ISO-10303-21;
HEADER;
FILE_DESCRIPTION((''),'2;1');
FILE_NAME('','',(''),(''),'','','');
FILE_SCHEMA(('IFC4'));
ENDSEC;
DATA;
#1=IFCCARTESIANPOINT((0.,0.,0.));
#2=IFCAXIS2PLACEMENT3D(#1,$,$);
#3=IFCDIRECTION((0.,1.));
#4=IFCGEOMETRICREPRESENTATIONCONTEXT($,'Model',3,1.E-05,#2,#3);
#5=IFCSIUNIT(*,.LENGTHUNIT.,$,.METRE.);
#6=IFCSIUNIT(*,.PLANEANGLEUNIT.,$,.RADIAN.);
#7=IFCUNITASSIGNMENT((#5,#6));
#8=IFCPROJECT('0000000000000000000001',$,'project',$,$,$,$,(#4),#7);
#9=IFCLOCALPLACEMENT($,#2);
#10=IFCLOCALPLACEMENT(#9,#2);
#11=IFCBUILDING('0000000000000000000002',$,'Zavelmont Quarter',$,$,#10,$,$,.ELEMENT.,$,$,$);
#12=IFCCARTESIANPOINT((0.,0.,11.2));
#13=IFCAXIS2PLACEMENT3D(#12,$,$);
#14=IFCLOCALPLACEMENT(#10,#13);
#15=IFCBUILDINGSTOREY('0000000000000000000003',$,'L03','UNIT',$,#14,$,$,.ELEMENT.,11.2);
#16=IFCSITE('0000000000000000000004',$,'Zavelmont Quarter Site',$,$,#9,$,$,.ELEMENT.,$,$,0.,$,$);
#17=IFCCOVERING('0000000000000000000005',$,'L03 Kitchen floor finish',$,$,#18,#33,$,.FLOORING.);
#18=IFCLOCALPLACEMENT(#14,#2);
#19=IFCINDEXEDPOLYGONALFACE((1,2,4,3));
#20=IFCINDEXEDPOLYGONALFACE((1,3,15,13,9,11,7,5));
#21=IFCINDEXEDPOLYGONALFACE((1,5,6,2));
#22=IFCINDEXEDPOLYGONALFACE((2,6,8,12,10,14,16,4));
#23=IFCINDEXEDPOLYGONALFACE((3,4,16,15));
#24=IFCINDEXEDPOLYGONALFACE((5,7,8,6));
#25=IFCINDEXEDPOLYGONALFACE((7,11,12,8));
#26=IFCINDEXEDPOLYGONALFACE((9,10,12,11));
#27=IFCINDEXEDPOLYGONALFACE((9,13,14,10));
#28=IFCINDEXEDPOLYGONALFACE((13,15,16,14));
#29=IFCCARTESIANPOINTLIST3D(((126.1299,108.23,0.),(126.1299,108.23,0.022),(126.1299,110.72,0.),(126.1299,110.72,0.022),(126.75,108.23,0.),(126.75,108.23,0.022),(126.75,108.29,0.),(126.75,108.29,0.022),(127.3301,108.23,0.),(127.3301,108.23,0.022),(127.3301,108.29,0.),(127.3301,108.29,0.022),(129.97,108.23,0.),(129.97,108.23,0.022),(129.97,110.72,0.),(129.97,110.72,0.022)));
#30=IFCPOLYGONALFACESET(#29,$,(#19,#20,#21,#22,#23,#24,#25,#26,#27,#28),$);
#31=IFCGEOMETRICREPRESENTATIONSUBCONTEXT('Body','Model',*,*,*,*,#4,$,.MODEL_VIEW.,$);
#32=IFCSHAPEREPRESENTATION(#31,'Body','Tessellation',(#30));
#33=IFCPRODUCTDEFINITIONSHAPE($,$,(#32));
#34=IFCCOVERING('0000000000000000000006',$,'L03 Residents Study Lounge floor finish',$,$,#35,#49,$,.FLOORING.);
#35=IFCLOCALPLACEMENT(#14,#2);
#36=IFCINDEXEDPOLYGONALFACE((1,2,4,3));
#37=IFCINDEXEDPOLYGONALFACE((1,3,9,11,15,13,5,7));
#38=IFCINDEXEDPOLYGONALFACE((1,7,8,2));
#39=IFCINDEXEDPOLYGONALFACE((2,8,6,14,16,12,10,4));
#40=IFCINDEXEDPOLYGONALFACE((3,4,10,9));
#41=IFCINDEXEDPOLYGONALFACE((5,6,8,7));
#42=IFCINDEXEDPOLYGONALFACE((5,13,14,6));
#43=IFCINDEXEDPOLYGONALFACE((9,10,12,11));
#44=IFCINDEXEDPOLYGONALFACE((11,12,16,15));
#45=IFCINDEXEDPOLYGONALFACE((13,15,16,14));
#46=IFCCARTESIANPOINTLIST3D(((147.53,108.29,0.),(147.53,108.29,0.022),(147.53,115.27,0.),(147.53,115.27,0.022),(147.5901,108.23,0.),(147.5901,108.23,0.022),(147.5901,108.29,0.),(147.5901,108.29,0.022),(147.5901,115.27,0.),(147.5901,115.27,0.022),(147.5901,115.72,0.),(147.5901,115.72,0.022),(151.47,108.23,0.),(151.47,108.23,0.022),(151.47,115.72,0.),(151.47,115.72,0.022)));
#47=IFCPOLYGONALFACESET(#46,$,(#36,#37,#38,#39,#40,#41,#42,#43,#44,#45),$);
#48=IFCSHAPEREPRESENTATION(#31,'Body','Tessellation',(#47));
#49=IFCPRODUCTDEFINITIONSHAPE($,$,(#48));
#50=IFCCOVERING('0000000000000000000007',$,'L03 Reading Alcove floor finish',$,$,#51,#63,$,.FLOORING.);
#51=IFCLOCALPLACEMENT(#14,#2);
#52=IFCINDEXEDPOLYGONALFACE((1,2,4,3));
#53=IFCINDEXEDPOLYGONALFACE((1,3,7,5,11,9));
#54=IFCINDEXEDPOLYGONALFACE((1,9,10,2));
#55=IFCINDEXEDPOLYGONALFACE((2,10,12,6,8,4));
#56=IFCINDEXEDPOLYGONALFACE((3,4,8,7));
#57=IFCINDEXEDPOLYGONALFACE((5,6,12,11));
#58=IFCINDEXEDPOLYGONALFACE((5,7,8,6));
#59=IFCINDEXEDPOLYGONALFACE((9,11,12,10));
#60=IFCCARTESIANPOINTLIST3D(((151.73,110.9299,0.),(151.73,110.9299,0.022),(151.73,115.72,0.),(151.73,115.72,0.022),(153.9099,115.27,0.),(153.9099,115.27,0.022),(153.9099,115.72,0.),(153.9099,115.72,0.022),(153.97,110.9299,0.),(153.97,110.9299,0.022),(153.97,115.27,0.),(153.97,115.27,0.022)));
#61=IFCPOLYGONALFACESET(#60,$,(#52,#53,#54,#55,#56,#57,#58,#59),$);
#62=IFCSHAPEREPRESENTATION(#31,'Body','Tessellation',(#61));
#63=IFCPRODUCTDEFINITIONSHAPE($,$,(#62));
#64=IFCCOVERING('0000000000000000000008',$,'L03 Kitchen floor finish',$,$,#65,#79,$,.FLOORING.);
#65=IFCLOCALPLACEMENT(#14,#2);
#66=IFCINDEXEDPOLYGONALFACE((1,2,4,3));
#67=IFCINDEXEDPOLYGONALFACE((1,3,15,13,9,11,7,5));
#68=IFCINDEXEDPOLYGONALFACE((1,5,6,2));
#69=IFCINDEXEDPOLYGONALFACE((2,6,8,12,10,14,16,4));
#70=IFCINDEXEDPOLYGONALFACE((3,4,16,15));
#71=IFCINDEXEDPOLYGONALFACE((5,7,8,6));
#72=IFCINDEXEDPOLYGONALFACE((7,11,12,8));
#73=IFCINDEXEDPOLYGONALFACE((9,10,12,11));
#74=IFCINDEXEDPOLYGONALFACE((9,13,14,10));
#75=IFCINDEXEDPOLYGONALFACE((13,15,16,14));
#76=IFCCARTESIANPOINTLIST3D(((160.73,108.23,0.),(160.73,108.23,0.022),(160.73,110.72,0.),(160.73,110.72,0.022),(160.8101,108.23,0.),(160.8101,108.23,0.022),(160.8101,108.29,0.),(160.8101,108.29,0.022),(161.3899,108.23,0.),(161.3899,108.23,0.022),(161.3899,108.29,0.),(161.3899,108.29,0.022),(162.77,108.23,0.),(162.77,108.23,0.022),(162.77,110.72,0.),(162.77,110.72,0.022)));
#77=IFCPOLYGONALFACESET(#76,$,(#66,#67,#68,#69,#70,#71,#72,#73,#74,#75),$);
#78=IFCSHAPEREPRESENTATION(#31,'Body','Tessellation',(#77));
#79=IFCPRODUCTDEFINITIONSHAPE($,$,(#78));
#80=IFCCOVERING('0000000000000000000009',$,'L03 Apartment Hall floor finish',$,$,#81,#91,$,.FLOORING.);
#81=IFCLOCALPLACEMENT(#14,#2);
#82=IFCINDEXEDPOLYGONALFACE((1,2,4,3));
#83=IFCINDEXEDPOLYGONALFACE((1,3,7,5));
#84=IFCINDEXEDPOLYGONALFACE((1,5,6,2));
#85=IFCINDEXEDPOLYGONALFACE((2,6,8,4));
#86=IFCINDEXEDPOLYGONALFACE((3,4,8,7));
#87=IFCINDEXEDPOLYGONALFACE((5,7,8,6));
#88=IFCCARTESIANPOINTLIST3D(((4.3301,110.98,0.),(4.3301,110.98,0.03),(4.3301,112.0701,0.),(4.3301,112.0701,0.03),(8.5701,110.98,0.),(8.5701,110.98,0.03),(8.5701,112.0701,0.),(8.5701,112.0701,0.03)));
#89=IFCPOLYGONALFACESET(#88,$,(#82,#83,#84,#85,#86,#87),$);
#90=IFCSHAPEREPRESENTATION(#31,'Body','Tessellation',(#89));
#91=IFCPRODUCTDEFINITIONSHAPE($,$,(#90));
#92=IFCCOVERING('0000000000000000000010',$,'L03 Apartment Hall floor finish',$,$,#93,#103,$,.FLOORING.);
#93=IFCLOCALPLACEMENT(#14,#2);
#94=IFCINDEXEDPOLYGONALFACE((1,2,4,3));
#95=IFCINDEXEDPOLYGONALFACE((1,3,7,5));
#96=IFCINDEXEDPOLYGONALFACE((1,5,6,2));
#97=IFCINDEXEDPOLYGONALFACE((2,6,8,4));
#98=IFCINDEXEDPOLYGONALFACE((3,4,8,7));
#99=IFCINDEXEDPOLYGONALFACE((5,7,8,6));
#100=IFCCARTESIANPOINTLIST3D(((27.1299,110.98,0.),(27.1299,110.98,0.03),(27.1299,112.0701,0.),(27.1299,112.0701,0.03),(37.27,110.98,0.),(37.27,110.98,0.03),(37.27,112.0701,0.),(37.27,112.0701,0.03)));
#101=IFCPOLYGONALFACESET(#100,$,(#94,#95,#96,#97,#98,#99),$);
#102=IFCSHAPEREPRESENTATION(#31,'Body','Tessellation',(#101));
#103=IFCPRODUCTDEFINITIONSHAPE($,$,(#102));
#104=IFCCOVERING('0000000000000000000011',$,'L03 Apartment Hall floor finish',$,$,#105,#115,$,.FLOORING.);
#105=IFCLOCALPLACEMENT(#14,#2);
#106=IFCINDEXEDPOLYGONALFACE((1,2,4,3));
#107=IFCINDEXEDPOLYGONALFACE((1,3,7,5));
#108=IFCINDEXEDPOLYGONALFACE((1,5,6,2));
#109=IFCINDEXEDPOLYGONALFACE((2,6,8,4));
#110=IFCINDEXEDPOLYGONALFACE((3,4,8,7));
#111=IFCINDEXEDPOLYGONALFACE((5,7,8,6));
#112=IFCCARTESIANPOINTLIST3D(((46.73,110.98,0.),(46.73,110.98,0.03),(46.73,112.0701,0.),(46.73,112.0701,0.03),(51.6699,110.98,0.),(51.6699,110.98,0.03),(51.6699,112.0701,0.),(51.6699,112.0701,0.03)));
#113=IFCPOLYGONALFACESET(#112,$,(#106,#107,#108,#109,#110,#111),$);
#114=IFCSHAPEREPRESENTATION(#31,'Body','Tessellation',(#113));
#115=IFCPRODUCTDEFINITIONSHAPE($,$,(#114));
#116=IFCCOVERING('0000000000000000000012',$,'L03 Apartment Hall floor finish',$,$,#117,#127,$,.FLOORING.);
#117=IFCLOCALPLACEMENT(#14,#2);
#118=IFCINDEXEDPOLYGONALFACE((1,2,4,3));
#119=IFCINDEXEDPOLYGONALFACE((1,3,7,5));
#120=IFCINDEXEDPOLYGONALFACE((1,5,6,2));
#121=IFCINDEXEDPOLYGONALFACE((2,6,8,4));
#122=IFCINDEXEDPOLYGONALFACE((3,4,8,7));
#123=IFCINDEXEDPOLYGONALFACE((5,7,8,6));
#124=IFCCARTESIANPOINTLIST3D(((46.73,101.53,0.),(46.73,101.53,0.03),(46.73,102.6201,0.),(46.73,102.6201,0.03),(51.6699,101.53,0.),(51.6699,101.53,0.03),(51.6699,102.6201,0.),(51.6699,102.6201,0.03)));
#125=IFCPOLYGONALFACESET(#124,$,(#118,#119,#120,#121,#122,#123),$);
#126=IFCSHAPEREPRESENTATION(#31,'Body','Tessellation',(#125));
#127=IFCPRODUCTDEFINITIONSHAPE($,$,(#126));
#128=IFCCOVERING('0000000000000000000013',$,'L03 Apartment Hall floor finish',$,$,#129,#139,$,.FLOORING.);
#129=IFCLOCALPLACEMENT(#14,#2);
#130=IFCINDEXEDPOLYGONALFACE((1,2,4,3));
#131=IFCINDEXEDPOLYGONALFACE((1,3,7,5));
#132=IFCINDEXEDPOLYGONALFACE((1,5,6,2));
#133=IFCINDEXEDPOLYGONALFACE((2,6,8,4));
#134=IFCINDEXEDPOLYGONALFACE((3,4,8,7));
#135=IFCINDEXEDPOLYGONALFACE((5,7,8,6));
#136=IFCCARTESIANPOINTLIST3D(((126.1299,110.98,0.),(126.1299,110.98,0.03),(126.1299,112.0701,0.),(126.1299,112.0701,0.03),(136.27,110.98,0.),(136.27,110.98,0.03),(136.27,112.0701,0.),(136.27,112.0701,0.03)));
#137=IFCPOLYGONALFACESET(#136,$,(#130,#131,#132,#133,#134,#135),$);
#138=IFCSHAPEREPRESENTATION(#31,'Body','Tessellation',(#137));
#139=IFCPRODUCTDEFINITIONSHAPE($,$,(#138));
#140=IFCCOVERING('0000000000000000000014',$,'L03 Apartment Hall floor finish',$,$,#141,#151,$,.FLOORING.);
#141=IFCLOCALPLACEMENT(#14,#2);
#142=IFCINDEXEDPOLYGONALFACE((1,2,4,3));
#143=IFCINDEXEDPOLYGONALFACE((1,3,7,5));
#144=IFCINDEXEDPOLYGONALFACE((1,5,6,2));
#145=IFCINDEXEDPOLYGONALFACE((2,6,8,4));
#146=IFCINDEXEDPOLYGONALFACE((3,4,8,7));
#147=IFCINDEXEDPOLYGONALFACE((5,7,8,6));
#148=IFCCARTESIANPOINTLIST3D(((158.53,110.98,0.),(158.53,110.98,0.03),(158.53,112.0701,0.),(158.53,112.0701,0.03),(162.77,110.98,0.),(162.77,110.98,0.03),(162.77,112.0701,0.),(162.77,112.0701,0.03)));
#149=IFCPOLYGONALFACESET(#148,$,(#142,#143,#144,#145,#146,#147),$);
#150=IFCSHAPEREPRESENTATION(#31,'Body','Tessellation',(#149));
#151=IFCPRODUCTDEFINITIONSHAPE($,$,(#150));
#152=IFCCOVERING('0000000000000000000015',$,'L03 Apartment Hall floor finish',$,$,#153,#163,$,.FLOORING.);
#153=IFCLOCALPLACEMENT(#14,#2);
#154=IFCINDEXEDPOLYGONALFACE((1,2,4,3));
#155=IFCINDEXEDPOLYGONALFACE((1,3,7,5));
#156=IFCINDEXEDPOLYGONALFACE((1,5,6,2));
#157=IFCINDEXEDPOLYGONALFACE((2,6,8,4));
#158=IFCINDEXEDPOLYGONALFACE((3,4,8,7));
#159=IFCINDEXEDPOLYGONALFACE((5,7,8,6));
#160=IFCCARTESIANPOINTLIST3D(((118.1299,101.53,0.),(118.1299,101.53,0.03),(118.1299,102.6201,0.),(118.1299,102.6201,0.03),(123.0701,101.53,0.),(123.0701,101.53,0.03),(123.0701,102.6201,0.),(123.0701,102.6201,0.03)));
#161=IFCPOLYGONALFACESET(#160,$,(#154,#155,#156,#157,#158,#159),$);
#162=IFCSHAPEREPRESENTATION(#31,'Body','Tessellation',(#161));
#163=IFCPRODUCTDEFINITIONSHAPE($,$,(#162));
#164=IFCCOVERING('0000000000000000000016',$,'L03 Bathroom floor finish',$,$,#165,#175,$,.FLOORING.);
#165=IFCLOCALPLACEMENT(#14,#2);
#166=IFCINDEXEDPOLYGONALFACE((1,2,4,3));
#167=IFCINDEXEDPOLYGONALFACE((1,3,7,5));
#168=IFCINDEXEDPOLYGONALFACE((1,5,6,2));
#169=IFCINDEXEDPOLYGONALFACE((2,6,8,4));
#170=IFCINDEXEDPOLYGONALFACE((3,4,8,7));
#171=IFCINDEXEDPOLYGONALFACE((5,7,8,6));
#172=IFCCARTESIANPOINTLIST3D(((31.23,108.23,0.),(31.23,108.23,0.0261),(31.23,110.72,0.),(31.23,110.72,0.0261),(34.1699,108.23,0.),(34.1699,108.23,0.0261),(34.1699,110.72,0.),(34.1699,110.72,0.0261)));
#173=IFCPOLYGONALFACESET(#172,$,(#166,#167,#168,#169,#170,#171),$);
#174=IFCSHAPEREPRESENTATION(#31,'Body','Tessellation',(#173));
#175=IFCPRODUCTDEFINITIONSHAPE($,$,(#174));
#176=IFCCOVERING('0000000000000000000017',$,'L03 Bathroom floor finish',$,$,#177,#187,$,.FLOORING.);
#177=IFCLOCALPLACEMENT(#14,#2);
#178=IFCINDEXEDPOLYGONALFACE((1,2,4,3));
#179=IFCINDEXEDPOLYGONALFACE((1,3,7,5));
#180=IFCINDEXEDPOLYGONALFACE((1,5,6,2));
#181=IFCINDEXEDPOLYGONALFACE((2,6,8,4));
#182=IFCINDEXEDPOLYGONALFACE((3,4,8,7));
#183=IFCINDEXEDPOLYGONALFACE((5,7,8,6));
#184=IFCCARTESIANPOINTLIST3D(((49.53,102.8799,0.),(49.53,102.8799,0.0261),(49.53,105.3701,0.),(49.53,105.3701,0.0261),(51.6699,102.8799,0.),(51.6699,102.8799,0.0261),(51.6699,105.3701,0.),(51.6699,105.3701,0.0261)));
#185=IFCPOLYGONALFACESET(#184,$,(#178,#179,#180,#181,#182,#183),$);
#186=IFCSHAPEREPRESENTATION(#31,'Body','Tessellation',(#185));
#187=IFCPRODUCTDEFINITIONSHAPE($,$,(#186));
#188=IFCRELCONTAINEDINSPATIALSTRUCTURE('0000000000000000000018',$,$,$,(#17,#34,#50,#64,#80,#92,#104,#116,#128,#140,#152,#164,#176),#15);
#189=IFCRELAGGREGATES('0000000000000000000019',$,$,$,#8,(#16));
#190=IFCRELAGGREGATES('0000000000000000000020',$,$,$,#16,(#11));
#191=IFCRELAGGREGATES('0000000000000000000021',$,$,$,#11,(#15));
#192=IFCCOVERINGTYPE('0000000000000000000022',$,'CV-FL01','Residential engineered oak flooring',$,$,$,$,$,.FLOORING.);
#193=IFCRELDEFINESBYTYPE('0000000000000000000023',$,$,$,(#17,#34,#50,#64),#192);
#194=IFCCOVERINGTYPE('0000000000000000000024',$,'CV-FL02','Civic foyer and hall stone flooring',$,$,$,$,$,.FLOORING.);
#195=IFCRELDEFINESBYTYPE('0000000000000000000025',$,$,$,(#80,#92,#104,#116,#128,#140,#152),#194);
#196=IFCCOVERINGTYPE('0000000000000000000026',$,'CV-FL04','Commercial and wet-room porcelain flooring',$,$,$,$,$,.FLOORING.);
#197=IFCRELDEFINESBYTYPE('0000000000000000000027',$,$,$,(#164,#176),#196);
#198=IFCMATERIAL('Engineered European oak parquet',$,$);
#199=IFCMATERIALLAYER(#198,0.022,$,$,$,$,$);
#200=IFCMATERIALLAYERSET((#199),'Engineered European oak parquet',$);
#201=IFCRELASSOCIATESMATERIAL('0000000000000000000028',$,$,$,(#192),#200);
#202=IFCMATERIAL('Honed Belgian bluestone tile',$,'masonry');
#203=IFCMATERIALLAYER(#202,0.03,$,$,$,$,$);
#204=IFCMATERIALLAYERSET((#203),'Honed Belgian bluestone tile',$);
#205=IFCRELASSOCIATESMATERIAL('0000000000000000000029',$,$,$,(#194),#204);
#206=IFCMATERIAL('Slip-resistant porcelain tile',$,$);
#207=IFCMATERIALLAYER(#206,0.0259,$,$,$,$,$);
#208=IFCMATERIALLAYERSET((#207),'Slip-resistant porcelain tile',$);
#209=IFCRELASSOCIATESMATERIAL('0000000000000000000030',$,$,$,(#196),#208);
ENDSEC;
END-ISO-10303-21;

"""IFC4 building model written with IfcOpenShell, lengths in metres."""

from ifc_helpers import new_model, si_unit, direction, frame, origin, place, context, subcontext, project, spatial, polyline, outline, extrude, material, layer, layer_set, type_object, element, save


model = new_model("IFC4")

# Units and contexts
model_context = context("Model", 3, precision=1e-05, world=origin(), true_north=direction((0.0, 1.0)))
body_context = subcontext(model_context, "Body", "Model", "MODEL_VIEW")
ifc_project = project(units=[si_unit("LENGTHUNIT", "METRE"), si_unit("PLANEANGLEUNIT", "RADIAN")], contexts=[model_context])

# Site, building, storey
site_placement = place(None, origin())
site = spatial("IfcSite", under=ifc_project, at=site_placement, Name="Zavelmont Quarter Site", CompositionType="ELEMENT", RefElevation=0.0)
building_placement = place(site_placement, origin())
building = spatial("IfcBuilding", under=site, at=building_placement, Name="Zavelmont Quarter", CompositionType="ELEMENT")
storey_placement = place(building_placement, frame((0.0, 0.0, 11.2)))
storey = spatial("IfcBuildingStorey", under=building, at=storey_placement, Name="L03", Description="UNIT", CompositionType="ELEMENT", Elevation=11.2)

# Coverings
ifc_material_1 = material(Name="Engineered European oak parquet")
ifc_layer_1 = layer(ifc_material_1, 0.022)
ifc_layer_set_1 = layer_set([ifc_layer_1], Name="Engineered European oak parquet")
covering_type_1 = type_object("IfcCoveringType", Name="CV-FL01", Description="Residential engineered oak flooring", PredefinedType="FLOORING", material=ifc_layer_set_1)
covering_1_placement = place(storey_placement, origin())
element("IfcCovering", 1, at=covering_1_placement, inside=storey, type_object=covering_type_1, Name="L03 Kitchen floor finish", PredefinedType="FLOORING", context=body_context, shape_type="SweptSolid", body=[
    extrude(outline(polyline([(126.1299, 110.72), (129.97, 110.72), (129.97, 108.23), (127.3301, 108.23), (127.3301, 108.29), (126.75, 108.29), (126.75, 108.23), (126.1299, 108.23), (126.1299, 110.72)])), origin(), (0.0, 0.0, 1.0), 0.022),
])
covering_2_placement = place(storey_placement, origin())
element("IfcCovering", 2, at=covering_2_placement, inside=storey, type_object=covering_type_1, Name="L03 Residents Study Lounge floor finish", PredefinedType="FLOORING", context=body_context, shape_type="SweptSolid", body=[
    extrude(outline(polyline([(147.53, 115.27), (147.5901, 115.27), (147.5901, 115.72), (151.47, 115.72), (151.47, 108.23), (147.5901, 108.23), (147.5901, 108.29), (147.53, 108.29), (147.53, 115.27)])), origin(), (0.0, 0.0, 1.0), 0.022),
])
covering_3_placement = place(storey_placement, origin())
element("IfcCovering", 3, at=covering_3_placement, inside=storey, type_object=covering_type_1, Name="L03 Reading Alcove floor finish", PredefinedType="FLOORING", context=body_context, shape_type="SweptSolid", body=[
    extrude(outline(polyline([(151.73, 115.72), (153.9099, 115.72), (153.9099, 115.27), (153.97, 115.27), (153.97, 110.9299), (151.73, 110.9299), (151.73, 115.72)])), origin(), (0.0, 0.0, 1.0), 0.022),
])
covering_4_placement = place(storey_placement, origin())
element("IfcCovering", 4, at=covering_4_placement, inside=storey, type_object=covering_type_1, Name="L03 Kitchen floor finish", PredefinedType="FLOORING", context=body_context, shape_type="SweptSolid", body=[
    extrude(outline(polyline([(160.73, 110.72), (162.77, 110.72), (162.77, 108.23), (161.3899, 108.23), (161.3899, 108.29), (160.8101, 108.29), (160.8101, 108.23), (160.73, 108.23), (160.73, 110.72)])), origin(), (0.0, 0.0, 1.0), 0.022),
])
ifc_material_2 = material(Name="Honed Belgian bluestone tile", Category="masonry")
ifc_layer_2 = layer(ifc_material_2, 0.03)
ifc_layer_set_2 = layer_set([ifc_layer_2], Name="Honed Belgian bluestone tile")
covering_type_2 = type_object("IfcCoveringType", Name="CV-FL02", Description="Civic foyer and hall stone flooring", PredefinedType="FLOORING", material=ifc_layer_set_2)
covering_5_placement = place(storey_placement, origin())
element("IfcCovering", 5, at=covering_5_placement, inside=storey, type_object=covering_type_2, Name="L03 Apartment Hall floor finish", PredefinedType="FLOORING", context=body_context, shape_type="SweptSolid", body=[
    extrude(outline(polyline([(4.3301, 112.0701), (8.5701, 112.0701), (8.5701, 110.98), (4.3301, 110.98), (4.3301, 112.0701)])), origin(), (0.0, 0.0, 1.0), 0.03),
])
covering_6_placement = place(storey_placement, origin())
element("IfcCovering", 6, at=covering_6_placement, inside=storey, type_object=covering_type_2, Name="L03 Apartment Hall floor finish", PredefinedType="FLOORING", context=body_context, shape_type="SweptSolid", body=[
    extrude(outline(polyline([(27.1299, 112.0701), (37.27, 112.0701), (37.27, 110.98), (27.1299, 110.98), (27.1299, 112.0701)])), origin(), (0.0, 0.0, 1.0), 0.03),
])
covering_7_placement = place(storey_placement, origin())
element("IfcCovering", 7, at=covering_7_placement, inside=storey, type_object=covering_type_2, Name="L03 Apartment Hall floor finish", PredefinedType="FLOORING", context=body_context, shape_type="SweptSolid", body=[
    extrude(outline(polyline([(46.73, 112.0701), (51.6699, 112.0701), (51.6699, 110.98), (46.73, 110.98), (46.73, 112.0701)])), origin(), (0.0, 0.0, 1.0), 0.03),
])
covering_8_placement = place(storey_placement, origin())
element("IfcCovering", 8, at=covering_8_placement, inside=storey, type_object=covering_type_2, Name="L03 Apartment Hall floor finish", PredefinedType="FLOORING", context=body_context, shape_type="SweptSolid", body=[
    extrude(outline(polyline([(46.73, 102.6201), (51.6699, 102.6201), (51.6699, 101.53), (46.73, 101.53), (46.73, 102.6201)])), origin(), (0.0, 0.0, 1.0), 0.03),
])
covering_9_placement = place(storey_placement, origin())
element("IfcCovering", 9, at=covering_9_placement, inside=storey, type_object=covering_type_2, Name="L03 Apartment Hall floor finish", PredefinedType="FLOORING", context=body_context, shape_type="SweptSolid", body=[
    extrude(outline(polyline([(126.1299, 112.0701), (136.27, 112.0701), (136.27, 110.98), (126.1299, 110.98), (126.1299, 112.0701)])), origin(), (0.0, 0.0, 1.0), 0.03),
])
covering_10_placement = place(storey_placement, origin())
element("IfcCovering", 10, at=covering_10_placement, inside=storey, type_object=covering_type_2, Name="L03 Apartment Hall floor finish", PredefinedType="FLOORING", context=body_context, shape_type="SweptSolid", body=[
    extrude(outline(polyline([(158.53, 112.0701), (162.77, 112.0701), (162.77, 110.98), (158.53, 110.98), (158.53, 112.0701)])), origin(), (0.0, 0.0, 1.0), 0.03),
])
covering_11_placement = place(storey_placement, origin())
element("IfcCovering", 11, at=covering_11_placement, inside=storey, type_object=covering_type_2, Name="L03 Apartment Hall floor finish", PredefinedType="FLOORING", context=body_context, shape_type="SweptSolid", body=[
    extrude(outline(polyline([(118.1299, 102.6201), (123.0701, 102.6201), (123.0701, 101.53), (118.1299, 101.53), (118.1299, 102.6201)])), origin(), (0.0, 0.0, 1.0), 0.03),
])
ifc_material_3 = material(Name="Slip-resistant porcelain tile")
ifc_layer_3 = layer(ifc_material_3, 0.0259)
ifc_layer_set_3 = layer_set([ifc_layer_3], Name="Slip-resistant porcelain tile")
covering_type_3 = type_object("IfcCoveringType", Name="CV-FL04", Description="Commercial and wet-room porcelain flooring", PredefinedType="FLOORING", material=ifc_layer_set_3)
covering_12_placement = place(storey_placement, origin())
element("IfcCovering", 12, at=covering_12_placement, inside=storey, type_object=covering_type_3, Name="L03 Bathroom floor finish", PredefinedType="FLOORING", context=body_context, shape_type="SweptSolid", body=[
    extrude(outline(polyline([(31.23, 110.72), (34.1699, 110.72), (34.1699, 108.23), (31.23, 108.23), (31.23, 110.72)])), origin(), (0.0, 0.0, 1.0), 0.0261),
])
covering_13_placement = place(storey_placement, origin())
element("IfcCovering", 13, at=covering_13_placement, inside=storey, type_object=covering_type_3, Name="L03 Bathroom floor finish", PredefinedType="FLOORING", context=body_context, shape_type="SweptSolid", body=[
    extrude(outline(polyline([(49.53, 105.3701), (51.6699, 105.3701), (51.6699, 102.8799), (49.53, 102.8799), (49.53, 105.3701)])), origin(), (0.0, 0.0, 1.0), 0.0261),
])

save(model, "model.ifc")
